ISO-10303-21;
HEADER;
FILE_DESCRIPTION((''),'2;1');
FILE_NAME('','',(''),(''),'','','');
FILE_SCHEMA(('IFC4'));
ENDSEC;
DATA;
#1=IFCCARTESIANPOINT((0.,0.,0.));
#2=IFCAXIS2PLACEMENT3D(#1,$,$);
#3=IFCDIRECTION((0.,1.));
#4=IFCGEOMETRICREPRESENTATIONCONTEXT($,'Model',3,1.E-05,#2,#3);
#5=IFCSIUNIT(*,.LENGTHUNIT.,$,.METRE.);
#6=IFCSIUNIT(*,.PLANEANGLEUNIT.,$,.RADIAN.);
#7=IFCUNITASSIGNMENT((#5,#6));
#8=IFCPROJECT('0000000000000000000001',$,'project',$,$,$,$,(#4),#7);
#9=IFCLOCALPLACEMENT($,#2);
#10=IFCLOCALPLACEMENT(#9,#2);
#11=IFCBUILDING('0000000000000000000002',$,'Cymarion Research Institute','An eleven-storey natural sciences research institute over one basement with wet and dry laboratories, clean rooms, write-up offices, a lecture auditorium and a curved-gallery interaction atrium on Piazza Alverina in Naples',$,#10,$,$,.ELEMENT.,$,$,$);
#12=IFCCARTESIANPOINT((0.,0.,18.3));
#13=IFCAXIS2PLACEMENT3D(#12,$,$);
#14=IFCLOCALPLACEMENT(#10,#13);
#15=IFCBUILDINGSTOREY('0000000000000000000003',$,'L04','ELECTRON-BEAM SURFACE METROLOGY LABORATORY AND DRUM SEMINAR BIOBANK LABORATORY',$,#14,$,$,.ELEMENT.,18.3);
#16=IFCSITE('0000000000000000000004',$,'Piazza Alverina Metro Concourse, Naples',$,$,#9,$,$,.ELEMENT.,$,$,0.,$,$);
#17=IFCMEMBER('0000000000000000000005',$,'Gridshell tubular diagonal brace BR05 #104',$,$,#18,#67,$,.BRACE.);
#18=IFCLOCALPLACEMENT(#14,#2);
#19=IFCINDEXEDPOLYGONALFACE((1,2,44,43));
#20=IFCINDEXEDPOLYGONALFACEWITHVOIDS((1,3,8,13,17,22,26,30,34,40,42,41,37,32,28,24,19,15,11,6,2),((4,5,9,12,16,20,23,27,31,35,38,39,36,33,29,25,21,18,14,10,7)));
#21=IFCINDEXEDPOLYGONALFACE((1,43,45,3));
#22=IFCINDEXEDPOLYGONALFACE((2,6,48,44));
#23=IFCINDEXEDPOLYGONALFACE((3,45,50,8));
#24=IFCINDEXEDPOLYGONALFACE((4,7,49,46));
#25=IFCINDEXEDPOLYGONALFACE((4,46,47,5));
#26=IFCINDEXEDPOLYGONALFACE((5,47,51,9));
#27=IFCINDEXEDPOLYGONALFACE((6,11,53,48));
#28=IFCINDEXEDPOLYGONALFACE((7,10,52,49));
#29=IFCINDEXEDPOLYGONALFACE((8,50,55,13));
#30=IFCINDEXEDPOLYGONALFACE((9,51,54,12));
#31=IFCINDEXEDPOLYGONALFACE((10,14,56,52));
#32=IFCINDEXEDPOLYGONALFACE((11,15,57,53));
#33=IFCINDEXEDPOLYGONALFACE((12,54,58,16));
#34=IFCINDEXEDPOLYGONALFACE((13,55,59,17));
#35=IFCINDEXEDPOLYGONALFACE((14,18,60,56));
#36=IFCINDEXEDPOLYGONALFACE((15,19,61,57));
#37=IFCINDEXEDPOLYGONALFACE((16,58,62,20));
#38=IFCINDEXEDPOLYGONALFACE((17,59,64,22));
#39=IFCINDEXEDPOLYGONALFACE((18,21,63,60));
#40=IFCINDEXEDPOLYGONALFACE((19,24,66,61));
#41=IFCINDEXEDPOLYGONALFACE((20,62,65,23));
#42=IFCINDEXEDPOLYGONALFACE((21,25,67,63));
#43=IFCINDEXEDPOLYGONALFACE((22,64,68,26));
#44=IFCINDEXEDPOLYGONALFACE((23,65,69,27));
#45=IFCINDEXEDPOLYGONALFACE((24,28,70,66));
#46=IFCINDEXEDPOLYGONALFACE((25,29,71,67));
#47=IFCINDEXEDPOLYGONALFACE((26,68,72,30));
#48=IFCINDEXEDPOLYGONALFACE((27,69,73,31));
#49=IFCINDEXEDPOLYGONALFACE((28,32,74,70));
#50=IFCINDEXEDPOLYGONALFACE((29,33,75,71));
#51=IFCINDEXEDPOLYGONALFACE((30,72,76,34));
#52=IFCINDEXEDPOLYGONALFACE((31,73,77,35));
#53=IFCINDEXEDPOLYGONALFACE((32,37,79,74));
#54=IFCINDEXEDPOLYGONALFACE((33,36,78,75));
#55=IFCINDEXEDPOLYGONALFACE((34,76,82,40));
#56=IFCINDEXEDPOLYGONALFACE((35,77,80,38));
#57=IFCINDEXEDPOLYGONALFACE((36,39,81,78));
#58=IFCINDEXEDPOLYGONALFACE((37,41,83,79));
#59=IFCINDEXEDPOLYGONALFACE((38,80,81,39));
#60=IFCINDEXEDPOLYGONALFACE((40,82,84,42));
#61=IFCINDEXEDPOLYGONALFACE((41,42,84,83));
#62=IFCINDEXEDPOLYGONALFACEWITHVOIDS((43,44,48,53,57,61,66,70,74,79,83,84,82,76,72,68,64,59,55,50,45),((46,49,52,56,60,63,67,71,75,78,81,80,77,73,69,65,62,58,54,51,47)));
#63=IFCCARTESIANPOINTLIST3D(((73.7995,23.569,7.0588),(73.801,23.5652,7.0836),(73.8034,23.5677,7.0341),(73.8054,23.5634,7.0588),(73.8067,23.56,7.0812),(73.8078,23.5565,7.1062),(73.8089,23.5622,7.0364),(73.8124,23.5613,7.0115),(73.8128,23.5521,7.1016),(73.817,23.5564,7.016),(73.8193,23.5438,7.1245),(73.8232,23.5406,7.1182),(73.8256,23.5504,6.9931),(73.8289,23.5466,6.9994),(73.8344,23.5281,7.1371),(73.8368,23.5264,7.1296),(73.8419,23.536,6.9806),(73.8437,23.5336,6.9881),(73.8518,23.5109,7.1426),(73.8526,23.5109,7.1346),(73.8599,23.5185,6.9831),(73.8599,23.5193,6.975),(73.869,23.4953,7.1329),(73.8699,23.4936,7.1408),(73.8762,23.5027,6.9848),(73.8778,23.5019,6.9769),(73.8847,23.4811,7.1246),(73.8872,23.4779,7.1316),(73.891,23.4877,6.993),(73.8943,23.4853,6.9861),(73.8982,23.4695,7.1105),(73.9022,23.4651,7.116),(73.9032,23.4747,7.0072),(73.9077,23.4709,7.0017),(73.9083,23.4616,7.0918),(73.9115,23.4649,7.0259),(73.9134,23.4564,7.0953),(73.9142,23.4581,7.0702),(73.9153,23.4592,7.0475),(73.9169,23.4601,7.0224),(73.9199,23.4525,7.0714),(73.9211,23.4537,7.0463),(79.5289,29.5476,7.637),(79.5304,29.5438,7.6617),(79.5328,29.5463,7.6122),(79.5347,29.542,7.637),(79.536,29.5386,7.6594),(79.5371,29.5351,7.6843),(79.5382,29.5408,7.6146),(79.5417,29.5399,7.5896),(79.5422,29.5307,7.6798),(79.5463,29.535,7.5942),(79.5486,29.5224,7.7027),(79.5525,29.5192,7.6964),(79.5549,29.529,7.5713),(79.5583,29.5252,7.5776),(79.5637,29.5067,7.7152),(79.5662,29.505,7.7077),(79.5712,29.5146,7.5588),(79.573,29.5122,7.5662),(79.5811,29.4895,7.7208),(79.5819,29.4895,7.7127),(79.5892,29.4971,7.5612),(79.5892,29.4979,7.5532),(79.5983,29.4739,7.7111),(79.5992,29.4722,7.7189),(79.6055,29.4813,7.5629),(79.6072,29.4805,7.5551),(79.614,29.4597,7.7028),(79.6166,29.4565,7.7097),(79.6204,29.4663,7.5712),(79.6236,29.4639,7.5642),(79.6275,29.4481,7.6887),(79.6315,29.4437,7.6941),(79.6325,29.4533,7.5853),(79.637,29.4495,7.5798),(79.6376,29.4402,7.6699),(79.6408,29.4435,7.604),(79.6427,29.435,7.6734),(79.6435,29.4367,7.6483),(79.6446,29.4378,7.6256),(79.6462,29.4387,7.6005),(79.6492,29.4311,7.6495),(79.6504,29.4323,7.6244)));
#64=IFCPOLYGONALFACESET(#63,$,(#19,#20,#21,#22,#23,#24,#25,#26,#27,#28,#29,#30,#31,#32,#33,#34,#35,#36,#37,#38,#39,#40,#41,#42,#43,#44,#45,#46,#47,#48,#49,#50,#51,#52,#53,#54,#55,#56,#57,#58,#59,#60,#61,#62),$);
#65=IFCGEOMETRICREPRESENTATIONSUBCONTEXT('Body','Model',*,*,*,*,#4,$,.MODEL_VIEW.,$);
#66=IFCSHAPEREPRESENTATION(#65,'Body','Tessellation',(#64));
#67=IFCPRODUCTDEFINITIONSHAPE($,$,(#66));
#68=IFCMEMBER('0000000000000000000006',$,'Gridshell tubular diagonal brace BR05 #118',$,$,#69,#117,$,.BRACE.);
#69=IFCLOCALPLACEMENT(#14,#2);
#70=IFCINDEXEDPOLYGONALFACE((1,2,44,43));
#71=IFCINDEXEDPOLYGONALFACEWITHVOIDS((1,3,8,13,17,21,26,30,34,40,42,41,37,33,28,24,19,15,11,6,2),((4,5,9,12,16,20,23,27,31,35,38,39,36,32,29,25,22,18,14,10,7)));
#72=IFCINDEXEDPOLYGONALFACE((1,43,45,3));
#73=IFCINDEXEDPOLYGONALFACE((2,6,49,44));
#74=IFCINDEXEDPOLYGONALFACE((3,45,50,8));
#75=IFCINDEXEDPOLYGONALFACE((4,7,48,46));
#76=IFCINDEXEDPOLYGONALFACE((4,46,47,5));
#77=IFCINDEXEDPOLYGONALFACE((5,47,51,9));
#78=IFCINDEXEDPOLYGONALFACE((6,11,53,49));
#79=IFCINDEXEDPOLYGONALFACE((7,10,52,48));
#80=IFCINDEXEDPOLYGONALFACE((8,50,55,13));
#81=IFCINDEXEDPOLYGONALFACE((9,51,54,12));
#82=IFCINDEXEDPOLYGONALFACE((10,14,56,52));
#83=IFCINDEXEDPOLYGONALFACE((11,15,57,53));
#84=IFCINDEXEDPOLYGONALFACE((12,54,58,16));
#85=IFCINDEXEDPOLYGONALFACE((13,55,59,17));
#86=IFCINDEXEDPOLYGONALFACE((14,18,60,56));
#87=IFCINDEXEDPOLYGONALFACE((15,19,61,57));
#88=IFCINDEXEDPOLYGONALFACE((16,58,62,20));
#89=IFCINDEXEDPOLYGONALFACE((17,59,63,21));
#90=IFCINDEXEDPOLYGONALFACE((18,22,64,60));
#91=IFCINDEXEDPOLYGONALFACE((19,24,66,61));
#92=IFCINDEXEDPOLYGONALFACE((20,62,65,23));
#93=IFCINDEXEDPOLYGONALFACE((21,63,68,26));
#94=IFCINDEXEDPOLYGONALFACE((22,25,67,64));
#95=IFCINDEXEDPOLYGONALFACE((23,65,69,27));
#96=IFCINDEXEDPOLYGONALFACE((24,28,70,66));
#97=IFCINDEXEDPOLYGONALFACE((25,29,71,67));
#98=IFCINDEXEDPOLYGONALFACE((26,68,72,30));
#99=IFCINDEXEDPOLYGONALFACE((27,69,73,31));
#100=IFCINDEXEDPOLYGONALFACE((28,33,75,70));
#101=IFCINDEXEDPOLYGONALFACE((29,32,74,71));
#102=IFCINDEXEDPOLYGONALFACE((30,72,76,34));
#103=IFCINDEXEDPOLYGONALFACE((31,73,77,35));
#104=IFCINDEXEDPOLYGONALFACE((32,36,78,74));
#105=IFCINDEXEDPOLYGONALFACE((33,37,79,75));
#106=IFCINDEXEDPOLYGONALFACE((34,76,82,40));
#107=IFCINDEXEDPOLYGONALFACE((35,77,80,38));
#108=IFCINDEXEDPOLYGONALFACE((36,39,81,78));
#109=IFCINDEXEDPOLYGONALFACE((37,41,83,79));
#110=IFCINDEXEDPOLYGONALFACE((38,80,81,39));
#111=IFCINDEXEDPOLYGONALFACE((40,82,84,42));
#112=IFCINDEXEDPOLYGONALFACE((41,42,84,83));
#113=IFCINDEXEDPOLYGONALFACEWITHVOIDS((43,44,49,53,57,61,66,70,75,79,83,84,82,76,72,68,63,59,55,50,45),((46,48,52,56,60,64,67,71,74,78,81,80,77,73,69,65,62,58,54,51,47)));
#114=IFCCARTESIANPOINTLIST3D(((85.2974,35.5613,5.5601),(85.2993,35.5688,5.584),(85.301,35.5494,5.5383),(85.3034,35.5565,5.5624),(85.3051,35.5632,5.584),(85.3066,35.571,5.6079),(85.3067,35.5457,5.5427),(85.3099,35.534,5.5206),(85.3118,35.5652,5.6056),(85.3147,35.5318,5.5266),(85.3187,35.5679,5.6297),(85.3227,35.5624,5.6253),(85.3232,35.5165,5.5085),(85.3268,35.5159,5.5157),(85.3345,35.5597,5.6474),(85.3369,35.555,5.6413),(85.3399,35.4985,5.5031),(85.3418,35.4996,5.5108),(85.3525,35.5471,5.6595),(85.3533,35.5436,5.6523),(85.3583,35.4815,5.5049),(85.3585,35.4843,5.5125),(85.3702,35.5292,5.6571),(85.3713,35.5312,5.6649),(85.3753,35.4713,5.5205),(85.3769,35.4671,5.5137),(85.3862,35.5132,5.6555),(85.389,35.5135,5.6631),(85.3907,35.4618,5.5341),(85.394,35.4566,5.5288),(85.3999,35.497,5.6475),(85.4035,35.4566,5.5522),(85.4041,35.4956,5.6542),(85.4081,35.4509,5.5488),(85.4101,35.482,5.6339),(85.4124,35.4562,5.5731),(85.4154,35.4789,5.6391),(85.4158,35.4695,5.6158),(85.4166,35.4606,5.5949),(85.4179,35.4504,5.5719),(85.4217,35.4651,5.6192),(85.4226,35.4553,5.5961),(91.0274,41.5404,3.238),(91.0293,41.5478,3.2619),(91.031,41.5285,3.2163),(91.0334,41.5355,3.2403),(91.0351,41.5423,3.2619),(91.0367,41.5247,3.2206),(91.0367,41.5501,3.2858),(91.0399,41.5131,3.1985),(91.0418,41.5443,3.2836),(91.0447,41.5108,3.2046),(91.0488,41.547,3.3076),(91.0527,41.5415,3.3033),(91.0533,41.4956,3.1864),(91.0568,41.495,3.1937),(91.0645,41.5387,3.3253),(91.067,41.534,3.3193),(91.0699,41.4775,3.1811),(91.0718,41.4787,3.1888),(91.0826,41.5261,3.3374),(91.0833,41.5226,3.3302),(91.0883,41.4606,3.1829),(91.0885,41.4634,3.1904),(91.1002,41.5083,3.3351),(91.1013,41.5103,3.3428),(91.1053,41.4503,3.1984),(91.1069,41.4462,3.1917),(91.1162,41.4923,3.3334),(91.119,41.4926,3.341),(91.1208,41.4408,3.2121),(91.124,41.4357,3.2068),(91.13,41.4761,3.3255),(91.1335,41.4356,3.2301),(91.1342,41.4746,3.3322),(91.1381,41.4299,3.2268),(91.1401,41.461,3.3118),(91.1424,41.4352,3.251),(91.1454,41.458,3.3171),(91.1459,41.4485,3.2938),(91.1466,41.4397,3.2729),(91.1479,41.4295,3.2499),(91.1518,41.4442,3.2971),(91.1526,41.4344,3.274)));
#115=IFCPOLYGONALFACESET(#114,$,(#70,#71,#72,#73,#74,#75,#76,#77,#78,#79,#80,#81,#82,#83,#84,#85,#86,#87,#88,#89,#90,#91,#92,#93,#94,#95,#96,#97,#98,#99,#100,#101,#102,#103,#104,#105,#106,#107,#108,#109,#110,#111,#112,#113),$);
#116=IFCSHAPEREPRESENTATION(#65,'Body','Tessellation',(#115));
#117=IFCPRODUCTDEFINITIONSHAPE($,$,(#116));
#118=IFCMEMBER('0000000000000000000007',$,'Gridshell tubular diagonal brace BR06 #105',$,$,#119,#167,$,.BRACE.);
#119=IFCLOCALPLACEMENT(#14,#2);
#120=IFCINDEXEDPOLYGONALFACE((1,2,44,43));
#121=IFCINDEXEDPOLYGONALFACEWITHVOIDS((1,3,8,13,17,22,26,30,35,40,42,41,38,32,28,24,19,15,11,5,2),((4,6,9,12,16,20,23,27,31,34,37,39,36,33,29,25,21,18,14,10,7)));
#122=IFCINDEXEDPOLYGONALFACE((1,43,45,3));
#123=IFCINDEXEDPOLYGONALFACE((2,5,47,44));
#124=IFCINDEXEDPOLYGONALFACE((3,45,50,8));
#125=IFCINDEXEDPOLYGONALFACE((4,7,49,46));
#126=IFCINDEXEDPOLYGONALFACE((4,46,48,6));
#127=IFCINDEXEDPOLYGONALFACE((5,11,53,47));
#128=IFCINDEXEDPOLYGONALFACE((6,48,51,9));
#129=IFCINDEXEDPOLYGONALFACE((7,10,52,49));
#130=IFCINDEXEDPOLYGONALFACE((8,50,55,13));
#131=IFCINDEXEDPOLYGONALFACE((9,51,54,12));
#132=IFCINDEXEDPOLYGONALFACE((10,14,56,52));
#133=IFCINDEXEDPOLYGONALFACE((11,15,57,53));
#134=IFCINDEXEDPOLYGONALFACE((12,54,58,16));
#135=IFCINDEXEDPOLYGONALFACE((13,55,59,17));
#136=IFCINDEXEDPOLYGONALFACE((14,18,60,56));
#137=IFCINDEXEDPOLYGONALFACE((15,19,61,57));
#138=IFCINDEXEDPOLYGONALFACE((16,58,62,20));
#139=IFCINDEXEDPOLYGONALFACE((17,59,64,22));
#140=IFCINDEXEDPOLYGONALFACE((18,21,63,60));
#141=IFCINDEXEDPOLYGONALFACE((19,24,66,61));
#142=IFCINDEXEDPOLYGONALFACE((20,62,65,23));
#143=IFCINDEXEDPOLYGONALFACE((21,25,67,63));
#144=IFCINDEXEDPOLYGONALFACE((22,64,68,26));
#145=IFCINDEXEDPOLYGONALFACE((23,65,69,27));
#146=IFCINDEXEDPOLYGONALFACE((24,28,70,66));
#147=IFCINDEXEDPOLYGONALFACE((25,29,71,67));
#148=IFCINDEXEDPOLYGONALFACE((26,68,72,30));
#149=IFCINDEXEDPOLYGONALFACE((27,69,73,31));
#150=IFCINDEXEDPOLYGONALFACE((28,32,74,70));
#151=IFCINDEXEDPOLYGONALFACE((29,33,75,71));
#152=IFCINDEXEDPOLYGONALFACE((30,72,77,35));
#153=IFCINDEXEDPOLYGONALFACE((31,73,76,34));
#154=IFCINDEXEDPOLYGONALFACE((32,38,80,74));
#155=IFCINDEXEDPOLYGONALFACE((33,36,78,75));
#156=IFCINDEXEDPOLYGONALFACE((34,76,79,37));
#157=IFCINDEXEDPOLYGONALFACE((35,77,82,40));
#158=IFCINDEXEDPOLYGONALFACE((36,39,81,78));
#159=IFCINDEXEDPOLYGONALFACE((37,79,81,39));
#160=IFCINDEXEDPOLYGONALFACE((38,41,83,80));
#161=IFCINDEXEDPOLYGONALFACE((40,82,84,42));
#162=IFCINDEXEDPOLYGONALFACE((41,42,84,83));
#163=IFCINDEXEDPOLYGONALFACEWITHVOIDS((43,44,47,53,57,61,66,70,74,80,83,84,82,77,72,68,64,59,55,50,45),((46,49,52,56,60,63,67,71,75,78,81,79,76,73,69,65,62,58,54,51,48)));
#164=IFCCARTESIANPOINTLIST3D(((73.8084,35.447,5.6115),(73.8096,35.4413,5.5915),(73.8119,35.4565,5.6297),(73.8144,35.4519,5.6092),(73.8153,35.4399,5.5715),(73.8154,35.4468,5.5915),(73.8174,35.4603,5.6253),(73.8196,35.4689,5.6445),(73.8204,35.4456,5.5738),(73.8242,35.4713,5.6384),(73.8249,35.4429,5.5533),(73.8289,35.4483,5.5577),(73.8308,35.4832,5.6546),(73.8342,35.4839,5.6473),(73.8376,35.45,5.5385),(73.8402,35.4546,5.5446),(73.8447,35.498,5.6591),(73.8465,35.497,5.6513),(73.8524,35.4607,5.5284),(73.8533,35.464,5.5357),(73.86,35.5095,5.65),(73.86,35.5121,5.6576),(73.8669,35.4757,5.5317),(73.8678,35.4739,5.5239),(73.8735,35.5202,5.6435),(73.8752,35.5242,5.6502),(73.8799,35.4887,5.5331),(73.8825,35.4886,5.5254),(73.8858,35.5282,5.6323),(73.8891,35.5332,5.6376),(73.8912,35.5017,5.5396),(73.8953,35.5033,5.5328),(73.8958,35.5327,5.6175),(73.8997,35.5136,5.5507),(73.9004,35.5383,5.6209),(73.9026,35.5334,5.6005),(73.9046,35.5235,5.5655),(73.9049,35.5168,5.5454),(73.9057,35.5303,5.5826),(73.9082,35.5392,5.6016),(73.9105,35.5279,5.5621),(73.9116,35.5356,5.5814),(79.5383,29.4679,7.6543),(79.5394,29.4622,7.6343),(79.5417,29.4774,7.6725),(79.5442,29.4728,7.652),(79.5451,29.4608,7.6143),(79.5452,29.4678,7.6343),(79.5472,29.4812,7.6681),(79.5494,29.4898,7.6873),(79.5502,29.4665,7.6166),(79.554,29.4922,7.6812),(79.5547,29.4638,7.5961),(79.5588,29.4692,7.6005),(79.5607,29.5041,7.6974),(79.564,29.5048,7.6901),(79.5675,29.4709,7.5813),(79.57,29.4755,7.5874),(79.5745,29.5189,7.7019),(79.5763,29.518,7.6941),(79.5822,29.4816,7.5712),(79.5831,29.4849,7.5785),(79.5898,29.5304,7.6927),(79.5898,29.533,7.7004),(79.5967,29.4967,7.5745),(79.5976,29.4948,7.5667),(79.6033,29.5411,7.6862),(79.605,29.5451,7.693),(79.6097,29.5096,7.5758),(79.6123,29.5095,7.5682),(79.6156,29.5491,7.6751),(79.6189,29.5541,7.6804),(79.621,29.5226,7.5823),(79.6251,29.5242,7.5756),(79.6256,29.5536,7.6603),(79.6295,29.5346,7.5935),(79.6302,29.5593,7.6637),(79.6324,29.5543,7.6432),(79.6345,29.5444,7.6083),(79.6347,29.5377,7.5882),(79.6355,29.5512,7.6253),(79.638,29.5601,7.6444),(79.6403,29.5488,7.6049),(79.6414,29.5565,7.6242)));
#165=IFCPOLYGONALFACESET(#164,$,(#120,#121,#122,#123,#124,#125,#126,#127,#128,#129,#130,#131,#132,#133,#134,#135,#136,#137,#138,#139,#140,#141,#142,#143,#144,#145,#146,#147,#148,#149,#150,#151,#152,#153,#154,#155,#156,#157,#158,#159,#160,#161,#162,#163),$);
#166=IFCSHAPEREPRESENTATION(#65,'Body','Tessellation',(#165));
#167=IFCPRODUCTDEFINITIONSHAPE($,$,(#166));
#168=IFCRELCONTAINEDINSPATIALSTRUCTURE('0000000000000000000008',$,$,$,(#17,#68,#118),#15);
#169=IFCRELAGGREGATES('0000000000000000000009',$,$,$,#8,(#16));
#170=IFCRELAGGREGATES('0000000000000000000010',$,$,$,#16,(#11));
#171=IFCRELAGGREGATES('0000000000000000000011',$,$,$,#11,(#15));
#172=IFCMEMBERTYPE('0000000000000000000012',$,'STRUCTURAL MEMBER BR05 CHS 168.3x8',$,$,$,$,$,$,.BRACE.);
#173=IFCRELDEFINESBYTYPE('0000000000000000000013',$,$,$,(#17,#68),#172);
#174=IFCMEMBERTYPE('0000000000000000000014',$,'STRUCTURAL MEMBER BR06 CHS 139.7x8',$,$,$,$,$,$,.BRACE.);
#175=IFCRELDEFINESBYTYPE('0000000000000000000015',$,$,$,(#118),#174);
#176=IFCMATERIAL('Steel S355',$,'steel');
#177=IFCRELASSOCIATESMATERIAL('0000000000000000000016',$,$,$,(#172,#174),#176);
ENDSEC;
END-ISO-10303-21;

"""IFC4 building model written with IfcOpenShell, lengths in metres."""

from ifc_helpers import new_model, si_unit, direction, frame, origin, origin_2d, place, context, subcontext, project, spatial, hollow_circle, extrude, material, material_profile, profile_set, type_object, element, save


model = new_model("IFC4")

# Units and contexts
model_context = context("Model", 3, precision=1e-05, world=origin(), true_north=direction((0.0, 1.0)))
body_context = subcontext(model_context, "Body", "Model", "MODEL_VIEW")
ifc_project = project(units=[si_unit("LENGTHUNIT", "METRE"), si_unit("PLANEANGLEUNIT", "RADIAN")], contexts=[model_context])

# Site, building, storey
site_placement = place(None, origin())
site = spatial("IfcSite", under=ifc_project, at=site_placement, Name="Piazza Alverina Metro Concourse, Naples", CompositionType="ELEMENT", RefElevation=0.0)
building_placement = place(site_placement, origin())
building = spatial("IfcBuilding", under=site, at=building_placement, Name="Cymarion Research Institute", Description="An eleven-storey natural sciences research institute over one basement with wet and dry laboratories, clean rooms, write-up offices, a lecture auditorium and a curved-gallery interaction atrium on Piazza Alverina in Naples", CompositionType="ELEMENT")
storey_placement = place(building_placement, frame((0.0, 0.0, 18.3)))
storey = spatial("IfcBuildingStorey", under=building, at=storey_placement, Name="L04", Description="ELECTRON-BEAM SURFACE METROLOGY LABORATORY AND DRUM SEMINAR BIOBANK LABORATORY", CompositionType="ELEMENT", Elevation=18.3)

# Shared definitions
ifc_material_1 = material(Name="Steel S355", Category="steel")

# Members
ifc_material_profile_1 = material_profile(ifc_material_1, hollow_circle(Radius=0.0842, WallThickness=0.0081, at=origin_2d()), Name="CHS 168.3x8")
ifc_profile_set_1 = profile_set([ifc_material_profile_1], Name="Steel S355")
member_type_1 = type_object("IfcMemberType", Name="STRUCTURAL MEMBER BR05 CHS 168.3x8", PredefinedType="BRACE", material=ifc_profile_set_1)
member_1_placement = place(storey_placement, frame((73.8604, 23.5107, 7.0588), z_axis=(0.690215, 0.720245, 0.069648), x_axis=(-0.721998, 0.691895, 0.0)))
element("IfcMember", 1, at=member_1_placement, inside=storey, type_object=member_type_1, Name="Gridshell tubular diagonal brace BR05 #104", PredefinedType="BRACE", context=body_context, shape_type="SweptSolid", body=[
    extrude(hollow_circle(Radius=0.0842, WallThickness=0.0081, at=origin_2d()), origin(), (0.0, 0.0, 1.0), 8.3008),
])
member_2_placement = place(storey_placement, frame((85.3601, 35.5105, 5.584), z_axis=(0.666218, 0.695172, -0.269979), x_axis=(-0.721982, 0.691912, 0.0)))
element("IfcMember", 2, at=member_2_placement, inside=storey, type_object=member_type_1, Name="Gridshell tubular diagonal brace BR05 #118", PredefinedType="BRACE", context=body_context, shape_type="SweptSolid", body=[
    extrude(hollow_circle(Radius=0.0842, WallThickness=0.0081, at=origin_2d()), origin(), (0.0, 0.0, 1.0), 8.6008),
])
ifc_material_profile_2 = material_profile(ifc_material_1, hollow_circle(Radius=0.0698, WallThickness=0.0081, at=origin_2d()), Name="CHS 139.7x8")
ifc_profile_set_2 = profile_set([ifc_material_profile_2], Name="Steel S355")
member_type_2 = type_object("IfcMemberType", Name="STRUCTURAL MEMBER BR06 CHS 139.7x8", PredefinedType="BRACE", material=ifc_profile_set_2)
member_3_placement = place(storey_placement, frame((79.5898, 29.5105, 7.6343), z_axis=(-0.671761, 0.700986, -0.239491), x_axis=(-0.721997, -0.691896, 0.0)))
element("IfcMember", 3, at=member_3_placement, inside=storey, type_object=member_type_2, Name="Gridshell tubular diagonal brace BR06 #105", PredefinedType="BRACE", context=body_context, shape_type="SweptSolid", body=[
    extrude(hollow_circle(Radius=0.0698, WallThickness=0.0081, at=origin_2d()), origin(), (0.0, 0.0, 1.0), 8.5295),
])

save(model, "model.ifc")
